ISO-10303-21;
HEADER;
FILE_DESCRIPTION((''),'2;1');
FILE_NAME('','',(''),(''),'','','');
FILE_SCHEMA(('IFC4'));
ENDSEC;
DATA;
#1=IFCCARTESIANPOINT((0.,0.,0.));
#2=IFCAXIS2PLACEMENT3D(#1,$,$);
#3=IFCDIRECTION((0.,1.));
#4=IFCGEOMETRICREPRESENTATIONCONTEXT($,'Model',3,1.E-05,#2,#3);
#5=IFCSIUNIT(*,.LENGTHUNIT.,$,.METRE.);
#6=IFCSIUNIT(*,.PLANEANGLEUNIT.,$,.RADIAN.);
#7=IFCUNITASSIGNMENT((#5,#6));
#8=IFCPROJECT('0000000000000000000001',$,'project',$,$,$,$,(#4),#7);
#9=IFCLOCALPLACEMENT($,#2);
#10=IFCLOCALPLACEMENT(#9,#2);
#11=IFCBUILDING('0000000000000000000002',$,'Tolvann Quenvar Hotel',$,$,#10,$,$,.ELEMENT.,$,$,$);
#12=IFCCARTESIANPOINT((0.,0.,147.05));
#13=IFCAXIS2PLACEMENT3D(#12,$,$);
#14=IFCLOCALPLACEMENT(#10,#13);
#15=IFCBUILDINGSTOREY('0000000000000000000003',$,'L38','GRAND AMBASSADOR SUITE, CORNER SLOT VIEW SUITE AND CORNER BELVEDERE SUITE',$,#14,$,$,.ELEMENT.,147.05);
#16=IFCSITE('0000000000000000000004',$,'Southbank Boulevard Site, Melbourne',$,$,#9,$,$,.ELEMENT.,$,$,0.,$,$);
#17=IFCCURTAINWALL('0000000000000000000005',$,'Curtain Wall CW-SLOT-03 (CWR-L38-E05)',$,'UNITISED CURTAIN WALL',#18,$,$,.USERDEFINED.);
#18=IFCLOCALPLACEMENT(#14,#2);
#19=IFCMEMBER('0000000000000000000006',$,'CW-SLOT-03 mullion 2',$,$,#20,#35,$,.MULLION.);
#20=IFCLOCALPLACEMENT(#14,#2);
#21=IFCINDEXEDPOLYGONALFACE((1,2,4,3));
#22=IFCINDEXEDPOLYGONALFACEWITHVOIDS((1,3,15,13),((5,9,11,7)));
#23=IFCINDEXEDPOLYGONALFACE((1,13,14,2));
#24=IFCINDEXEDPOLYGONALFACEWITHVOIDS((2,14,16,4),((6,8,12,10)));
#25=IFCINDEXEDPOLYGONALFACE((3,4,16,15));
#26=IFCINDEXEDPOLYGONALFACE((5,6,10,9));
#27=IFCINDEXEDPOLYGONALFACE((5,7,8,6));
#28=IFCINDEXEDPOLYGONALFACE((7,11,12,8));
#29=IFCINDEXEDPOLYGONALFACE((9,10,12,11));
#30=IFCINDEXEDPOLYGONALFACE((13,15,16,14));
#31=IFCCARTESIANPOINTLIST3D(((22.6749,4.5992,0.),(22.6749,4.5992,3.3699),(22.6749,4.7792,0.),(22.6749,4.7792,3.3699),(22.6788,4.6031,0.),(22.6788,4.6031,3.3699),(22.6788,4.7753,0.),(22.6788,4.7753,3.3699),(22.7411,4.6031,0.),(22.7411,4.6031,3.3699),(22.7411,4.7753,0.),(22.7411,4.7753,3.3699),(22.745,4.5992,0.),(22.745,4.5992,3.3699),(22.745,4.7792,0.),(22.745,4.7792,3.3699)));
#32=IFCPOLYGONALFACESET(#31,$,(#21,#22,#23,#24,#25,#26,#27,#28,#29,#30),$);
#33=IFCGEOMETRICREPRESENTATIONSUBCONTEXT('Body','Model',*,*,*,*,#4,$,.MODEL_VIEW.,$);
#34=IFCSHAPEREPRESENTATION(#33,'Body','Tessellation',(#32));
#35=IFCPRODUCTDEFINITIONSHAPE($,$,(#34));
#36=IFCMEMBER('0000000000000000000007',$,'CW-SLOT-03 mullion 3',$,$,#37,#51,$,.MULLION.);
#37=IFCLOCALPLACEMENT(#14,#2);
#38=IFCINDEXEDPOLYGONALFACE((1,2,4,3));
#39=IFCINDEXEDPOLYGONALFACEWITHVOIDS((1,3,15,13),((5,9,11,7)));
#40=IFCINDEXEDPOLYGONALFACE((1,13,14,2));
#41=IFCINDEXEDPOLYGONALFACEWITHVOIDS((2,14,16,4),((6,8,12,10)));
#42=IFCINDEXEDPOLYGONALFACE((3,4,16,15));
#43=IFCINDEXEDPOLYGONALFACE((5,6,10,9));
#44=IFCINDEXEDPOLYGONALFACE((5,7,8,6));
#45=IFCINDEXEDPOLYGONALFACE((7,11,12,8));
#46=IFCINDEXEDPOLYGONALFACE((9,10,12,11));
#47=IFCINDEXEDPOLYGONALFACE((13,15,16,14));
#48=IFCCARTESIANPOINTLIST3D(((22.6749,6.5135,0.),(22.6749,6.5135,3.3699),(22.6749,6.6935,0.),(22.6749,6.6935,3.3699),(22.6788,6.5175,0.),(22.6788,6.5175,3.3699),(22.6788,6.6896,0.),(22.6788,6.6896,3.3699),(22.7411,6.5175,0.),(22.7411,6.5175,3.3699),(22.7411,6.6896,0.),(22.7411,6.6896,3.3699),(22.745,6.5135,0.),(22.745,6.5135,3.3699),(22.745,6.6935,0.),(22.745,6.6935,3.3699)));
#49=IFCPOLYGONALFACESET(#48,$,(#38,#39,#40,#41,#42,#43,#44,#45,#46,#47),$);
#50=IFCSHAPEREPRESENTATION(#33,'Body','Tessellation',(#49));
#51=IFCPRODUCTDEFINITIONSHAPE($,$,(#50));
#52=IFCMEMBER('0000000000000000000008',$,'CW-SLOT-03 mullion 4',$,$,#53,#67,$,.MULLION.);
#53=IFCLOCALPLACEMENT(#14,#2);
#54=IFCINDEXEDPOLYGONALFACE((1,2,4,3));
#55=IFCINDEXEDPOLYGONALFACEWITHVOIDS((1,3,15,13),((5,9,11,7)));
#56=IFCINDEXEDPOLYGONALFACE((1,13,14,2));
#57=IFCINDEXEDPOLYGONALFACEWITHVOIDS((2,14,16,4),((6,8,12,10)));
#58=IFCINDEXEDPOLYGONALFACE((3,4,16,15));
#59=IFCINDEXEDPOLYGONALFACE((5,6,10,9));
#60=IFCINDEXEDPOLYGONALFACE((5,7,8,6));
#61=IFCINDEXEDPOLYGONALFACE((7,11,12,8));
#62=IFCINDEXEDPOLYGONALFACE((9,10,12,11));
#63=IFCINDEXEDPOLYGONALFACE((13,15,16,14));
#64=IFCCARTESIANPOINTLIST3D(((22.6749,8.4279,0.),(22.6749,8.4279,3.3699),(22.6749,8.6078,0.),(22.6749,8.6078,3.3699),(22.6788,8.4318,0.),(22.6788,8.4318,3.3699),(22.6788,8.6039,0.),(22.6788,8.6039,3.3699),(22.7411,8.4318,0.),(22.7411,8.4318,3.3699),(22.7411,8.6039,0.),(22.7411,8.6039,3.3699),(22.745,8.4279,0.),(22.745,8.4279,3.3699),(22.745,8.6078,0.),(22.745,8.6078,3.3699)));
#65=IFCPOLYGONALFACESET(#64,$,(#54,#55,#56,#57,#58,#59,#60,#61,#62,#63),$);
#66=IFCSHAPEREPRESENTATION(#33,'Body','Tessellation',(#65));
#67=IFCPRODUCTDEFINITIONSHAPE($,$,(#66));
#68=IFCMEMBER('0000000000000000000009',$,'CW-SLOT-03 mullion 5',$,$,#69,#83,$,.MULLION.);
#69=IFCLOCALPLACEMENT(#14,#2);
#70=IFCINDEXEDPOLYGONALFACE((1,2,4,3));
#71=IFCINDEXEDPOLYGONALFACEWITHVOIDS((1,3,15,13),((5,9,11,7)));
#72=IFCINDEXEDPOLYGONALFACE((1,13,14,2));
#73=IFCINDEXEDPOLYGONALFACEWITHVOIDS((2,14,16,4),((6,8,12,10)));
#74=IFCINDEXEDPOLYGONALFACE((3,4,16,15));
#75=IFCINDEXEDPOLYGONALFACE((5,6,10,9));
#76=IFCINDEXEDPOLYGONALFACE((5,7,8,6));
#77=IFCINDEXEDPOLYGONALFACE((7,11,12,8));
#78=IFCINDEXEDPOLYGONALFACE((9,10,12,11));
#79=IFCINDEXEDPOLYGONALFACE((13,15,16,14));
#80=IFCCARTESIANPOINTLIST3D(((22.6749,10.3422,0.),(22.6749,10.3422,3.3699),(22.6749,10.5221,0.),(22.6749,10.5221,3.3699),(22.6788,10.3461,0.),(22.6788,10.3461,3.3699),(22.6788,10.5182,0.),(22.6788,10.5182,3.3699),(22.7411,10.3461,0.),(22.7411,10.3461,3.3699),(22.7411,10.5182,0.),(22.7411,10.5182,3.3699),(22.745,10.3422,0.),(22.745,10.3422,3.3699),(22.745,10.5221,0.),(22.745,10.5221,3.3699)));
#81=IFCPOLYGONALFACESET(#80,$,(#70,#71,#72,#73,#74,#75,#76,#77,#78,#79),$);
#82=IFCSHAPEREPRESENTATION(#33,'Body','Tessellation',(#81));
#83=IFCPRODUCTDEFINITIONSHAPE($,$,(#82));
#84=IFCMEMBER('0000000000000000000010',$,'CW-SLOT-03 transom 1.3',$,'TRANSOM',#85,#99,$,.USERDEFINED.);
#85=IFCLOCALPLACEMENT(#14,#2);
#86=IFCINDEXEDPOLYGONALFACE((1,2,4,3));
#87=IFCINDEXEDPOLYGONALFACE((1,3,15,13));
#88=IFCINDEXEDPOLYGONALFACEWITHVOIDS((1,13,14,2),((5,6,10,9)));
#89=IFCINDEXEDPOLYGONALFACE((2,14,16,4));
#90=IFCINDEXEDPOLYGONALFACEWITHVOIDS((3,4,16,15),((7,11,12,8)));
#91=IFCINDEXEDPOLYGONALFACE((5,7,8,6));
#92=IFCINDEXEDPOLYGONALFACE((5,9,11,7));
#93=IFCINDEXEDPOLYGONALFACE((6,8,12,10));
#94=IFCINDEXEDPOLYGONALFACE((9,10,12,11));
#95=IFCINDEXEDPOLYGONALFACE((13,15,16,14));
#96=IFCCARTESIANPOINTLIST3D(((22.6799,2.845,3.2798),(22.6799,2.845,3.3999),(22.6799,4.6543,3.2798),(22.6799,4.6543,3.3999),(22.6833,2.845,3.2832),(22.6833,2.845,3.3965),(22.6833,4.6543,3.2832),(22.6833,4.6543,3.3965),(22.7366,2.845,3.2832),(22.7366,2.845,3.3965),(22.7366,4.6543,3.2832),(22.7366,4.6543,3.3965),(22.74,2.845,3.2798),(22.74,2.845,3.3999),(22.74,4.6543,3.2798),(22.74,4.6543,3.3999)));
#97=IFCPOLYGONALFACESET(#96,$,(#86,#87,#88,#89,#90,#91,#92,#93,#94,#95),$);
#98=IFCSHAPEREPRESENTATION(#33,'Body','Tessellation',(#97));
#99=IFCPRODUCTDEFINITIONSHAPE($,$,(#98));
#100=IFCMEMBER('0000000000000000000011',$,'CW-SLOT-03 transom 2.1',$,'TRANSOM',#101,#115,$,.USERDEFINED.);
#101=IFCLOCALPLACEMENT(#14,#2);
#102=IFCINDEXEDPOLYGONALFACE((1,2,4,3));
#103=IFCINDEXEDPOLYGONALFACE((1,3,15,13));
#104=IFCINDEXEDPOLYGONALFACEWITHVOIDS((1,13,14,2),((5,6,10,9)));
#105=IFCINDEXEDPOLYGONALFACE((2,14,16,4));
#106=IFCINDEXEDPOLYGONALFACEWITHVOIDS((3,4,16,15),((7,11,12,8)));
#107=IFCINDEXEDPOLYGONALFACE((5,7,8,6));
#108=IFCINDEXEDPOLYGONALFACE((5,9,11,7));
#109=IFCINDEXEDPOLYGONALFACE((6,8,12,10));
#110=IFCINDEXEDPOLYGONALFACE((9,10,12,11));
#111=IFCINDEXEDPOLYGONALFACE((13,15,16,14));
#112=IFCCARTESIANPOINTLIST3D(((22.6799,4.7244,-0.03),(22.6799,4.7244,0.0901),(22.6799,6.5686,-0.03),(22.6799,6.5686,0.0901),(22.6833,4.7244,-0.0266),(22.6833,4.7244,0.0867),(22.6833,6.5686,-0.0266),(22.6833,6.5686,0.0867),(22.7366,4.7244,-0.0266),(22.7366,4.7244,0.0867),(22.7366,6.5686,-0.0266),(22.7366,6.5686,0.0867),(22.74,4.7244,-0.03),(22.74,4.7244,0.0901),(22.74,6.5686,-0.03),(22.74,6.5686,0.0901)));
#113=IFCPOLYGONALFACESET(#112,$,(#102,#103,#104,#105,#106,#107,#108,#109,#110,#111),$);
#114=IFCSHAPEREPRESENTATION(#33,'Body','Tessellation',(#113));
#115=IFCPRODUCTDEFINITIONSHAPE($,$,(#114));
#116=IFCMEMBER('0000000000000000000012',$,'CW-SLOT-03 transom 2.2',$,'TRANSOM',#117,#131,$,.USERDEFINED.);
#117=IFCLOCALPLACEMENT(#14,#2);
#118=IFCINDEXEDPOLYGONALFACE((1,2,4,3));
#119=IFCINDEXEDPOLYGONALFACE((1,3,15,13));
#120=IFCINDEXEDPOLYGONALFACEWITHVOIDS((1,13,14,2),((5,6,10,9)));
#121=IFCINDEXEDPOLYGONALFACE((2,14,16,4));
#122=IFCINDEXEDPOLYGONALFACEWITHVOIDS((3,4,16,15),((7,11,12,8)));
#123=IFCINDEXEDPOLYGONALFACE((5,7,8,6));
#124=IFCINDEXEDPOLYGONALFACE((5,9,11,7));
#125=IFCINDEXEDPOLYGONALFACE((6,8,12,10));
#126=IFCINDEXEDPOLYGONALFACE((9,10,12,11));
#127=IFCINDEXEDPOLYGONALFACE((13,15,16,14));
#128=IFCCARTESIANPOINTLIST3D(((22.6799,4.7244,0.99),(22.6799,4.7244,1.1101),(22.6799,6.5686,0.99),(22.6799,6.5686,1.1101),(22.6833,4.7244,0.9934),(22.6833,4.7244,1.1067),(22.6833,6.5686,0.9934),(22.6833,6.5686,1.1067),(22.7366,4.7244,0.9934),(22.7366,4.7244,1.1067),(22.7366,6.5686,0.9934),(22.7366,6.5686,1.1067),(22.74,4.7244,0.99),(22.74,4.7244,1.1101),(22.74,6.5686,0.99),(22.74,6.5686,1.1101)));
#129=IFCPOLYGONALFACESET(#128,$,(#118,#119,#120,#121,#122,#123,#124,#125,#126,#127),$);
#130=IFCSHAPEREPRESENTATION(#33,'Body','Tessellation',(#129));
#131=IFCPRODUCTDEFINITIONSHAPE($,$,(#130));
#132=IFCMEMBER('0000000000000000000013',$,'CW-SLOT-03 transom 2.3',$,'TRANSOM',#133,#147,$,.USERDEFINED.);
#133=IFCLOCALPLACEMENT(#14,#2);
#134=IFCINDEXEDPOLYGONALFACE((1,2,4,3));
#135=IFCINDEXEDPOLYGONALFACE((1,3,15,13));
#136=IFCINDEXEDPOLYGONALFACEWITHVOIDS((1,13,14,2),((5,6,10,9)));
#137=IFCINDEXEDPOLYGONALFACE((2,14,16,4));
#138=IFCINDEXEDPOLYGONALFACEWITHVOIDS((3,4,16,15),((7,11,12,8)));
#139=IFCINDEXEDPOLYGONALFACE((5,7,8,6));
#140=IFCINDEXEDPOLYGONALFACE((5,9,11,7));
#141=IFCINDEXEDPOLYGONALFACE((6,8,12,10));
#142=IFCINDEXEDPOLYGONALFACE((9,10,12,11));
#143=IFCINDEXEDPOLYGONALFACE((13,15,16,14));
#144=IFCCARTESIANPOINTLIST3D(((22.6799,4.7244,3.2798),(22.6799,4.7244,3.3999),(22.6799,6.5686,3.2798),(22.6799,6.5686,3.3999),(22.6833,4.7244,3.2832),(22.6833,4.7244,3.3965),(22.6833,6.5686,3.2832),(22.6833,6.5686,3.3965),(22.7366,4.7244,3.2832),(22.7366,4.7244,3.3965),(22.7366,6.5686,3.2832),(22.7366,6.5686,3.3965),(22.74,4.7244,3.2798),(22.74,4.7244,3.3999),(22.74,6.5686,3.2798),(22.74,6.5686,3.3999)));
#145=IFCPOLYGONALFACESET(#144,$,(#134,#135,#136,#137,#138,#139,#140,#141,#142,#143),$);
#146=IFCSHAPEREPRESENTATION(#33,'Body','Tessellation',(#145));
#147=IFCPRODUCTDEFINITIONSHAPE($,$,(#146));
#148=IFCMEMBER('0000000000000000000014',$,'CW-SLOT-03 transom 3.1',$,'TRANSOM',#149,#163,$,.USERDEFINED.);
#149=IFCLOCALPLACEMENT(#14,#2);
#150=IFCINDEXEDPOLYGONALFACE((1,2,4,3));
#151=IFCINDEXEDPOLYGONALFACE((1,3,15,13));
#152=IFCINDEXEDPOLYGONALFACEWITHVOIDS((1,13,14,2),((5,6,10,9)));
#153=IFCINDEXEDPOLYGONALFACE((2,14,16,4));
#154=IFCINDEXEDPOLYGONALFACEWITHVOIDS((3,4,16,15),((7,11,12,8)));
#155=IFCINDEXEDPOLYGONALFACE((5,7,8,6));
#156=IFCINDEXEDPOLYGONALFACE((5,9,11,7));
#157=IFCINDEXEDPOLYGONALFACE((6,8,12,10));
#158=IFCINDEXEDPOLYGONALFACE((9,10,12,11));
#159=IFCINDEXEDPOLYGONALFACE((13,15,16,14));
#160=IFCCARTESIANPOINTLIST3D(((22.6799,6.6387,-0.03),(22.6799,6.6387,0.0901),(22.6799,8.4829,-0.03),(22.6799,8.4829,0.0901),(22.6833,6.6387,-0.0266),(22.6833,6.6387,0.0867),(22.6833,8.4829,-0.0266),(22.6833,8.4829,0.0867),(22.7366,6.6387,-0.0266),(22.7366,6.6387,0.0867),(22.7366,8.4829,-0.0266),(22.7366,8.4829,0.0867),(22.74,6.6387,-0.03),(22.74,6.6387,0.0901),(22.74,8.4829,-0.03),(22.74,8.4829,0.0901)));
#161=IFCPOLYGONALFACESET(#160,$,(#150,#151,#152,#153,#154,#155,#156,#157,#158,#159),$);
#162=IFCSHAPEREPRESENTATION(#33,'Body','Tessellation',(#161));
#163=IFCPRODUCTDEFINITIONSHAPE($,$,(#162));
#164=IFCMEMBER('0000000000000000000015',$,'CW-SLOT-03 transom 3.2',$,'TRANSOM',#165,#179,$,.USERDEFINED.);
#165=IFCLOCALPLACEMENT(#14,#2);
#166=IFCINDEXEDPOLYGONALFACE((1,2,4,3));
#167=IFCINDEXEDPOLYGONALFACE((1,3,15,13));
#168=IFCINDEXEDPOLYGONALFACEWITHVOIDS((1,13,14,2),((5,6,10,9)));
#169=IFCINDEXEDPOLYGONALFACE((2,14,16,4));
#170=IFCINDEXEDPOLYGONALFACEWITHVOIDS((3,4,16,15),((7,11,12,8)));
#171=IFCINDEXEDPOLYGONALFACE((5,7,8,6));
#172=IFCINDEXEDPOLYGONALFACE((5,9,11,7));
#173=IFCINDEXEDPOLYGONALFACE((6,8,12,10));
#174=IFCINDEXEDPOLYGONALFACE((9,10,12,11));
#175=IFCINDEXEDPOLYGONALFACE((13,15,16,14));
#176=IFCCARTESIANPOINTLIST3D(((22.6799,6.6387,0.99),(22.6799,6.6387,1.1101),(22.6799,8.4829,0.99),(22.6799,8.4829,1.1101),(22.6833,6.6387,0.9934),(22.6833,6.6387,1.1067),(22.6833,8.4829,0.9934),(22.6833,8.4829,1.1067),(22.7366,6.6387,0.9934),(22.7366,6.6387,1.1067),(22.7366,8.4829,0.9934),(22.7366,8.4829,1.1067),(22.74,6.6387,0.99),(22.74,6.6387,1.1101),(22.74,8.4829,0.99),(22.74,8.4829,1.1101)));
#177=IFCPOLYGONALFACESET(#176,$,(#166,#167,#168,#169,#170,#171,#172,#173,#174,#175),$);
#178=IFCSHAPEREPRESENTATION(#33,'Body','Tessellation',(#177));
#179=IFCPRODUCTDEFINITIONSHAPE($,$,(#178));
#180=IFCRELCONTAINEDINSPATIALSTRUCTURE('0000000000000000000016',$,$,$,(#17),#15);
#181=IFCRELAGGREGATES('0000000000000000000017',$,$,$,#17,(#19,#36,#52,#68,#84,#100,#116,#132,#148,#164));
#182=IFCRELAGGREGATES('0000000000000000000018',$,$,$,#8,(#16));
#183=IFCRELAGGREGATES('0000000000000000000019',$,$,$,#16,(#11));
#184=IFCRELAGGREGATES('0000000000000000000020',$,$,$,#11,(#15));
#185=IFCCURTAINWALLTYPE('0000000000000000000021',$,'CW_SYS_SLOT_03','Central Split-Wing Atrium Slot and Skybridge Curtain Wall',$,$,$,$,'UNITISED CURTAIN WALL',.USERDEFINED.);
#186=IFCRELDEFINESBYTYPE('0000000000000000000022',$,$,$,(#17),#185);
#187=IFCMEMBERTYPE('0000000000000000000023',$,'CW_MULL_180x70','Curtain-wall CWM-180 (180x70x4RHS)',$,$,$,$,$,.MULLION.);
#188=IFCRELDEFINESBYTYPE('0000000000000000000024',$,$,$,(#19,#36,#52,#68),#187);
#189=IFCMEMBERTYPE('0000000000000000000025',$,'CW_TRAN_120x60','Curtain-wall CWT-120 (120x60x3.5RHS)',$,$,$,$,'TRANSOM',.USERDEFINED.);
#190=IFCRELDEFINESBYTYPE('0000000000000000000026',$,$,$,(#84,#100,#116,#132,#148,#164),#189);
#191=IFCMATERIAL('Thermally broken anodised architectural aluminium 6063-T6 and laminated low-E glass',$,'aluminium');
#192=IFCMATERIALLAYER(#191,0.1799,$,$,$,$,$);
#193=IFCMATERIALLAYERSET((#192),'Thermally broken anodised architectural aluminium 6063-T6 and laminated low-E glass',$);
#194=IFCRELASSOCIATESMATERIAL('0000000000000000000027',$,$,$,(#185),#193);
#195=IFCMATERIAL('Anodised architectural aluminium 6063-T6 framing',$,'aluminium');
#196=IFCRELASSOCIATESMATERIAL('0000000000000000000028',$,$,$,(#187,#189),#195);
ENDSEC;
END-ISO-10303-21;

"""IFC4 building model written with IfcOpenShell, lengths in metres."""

from ifc_helpers import new_model, si_unit, direction, frame, origin, origin_2d, place, context, subcontext, project, spatial, hollow_rectangle, extrude, source, transform, mapped, material, layer, layer_set, material_profile, profile_set, type_object, type_shapes, element, aggregate, save


model = new_model("IFC4")

# Units and contexts
model_context = context("Model", 3, precision=1e-05, world=origin(), true_north=direction((0.0, 1.0)))
body_context = subcontext(model_context, "Body", "Model", "MODEL_VIEW")
ifc_project = project(units=[si_unit("LENGTHUNIT", "METRE"), si_unit("PLANEANGLEUNIT", "RADIAN")], contexts=[model_context])

# Site, building, storey
site_placement = place(None, origin())
site = spatial("IfcSite", under=ifc_project, at=site_placement, Name="Southbank Boulevard Site, Melbourne", CompositionType="ELEMENT", RefElevation=0.0)
building_placement = place(site_placement, origin())
building = spatial("IfcBuilding", under=site, at=building_placement, Name="Tolvann Quenvar Hotel", CompositionType="ELEMENT")
storey_placement = place(building_placement, frame((0.0, 0.0, 147.05)))
storey = spatial("IfcBuildingStorey", under=building, at=storey_placement, Name="L38", Description="GRAND AMBASSADOR SUITE, CORNER SLOT VIEW SUITE AND CORNER BELVEDERE SUITE", CompositionType="ELEMENT", Elevation=147.05)

# Curtain wall, members
ifc_material_1 = material(Name="Thermally broken anodised architectural aluminium 6063-T6 and laminated low-E glass", Category="aluminium")
ifc_layer_1 = layer(ifc_material_1, 0.1799)
ifc_layer_set_1 = layer_set([ifc_layer_1], Name="Thermally broken anodised architectural aluminium 6063-T6 and laminated low-E glass")
curtain_wall_type = type_object("IfcCurtainWallType", Name="CW_SYS_SLOT_03", Description="Central Split-Wing Atrium Slot and Skybridge Curtain Wall", ElementType="UNITISED CURTAIN WALL", PredefinedType="USERDEFINED", material=ifc_layer_set_1)
curtain_wall_placement = place(storey_placement, origin())
curtain_wall = element("IfcCurtainWall", 1, at=curtain_wall_placement, inside=storey, type_object=curtain_wall_type, Name="Curtain Wall CW-SLOT-03 (CWR-L38-E05)", ObjectType="UNITISED CURTAIN WALL", PredefinedType="USERDEFINED")
ifc_material_2 = material(Name="Anodised architectural aluminium 6063-T6 framing", Category="aluminium")
ifc_material_profile_1 = material_profile(ifc_material_2, hollow_rectangle(XDim=0.0701, YDim=0.1799, WallThickness=0.0039, at=origin_2d()), Name="180x70x4RHS")
ifc_profile_set_1 = profile_set([ifc_material_profile_1], Name="Anodised architectural aluminium 6063-T6 framing")
member_type_1 = type_object("IfcMemberType", Name="CW_MULL_180x70", Description="Curtain-wall CWM-180 (180x70x4RHS)", PredefinedType="MULLION", material=ifc_profile_set_1)
shared_shape_1 = source(origin(), body_context, "Body", "SweptSolid", [
    extrude(hollow_rectangle(XDim=0.0701, YDim=0.1799, WallThickness=0.0039, at=origin_2d()), origin(), (0.0, 0.0, 1.0), 3.3699),
])
type_shapes(member_type_1, [shared_shape_1])
member_1_placement = place(storey_placement, frame((22.71, 4.6892, 0.0), z_axis=(0.0, 0.0, 1.0), x_axis=(-1.0, 0.0, 0.0)))
member_1 = element("IfcMember", 2, at=member_1_placement, type_object=member_type_1, Name="CW-SLOT-03 mullion 2", PredefinedType="MULLION", context=body_context, shape_type="MappedRepresentation", body=[
    mapped(shared_shape_1, transform((0.0, 0.0, 0.0), x_axis=(1.0, 0.0, 0.0), y_axis=(0.0, 1.0, 0.0), z_axis=(0.0, 0.0, 1.0), scale=1.0)),
])
member_2_placement = place(storey_placement, frame((22.71, 6.6035, 0.0), z_axis=(0.0, 0.0, 1.0), x_axis=(-1.0, 0.0, 0.0)))
member_2 = element("IfcMember", 3, at=member_2_placement, type_object=member_type_1, Name="CW-SLOT-03 mullion 3", PredefinedType="MULLION", context=body_context, shape_type="MappedRepresentation", body=[
    mapped(shared_shape_1, transform((0.0, 0.0, 0.0), x_axis=(1.0, 0.0, 0.0), y_axis=(0.0, 1.0, 0.0), z_axis=(0.0, 0.0, 1.0), scale=1.0)),
])
member_3_placement = place(storey_placement, frame((22.71, 8.5178, 0.0), z_axis=(0.0, 0.0, 1.0), x_axis=(-1.0, 0.0, 0.0)))
member_3 = element("IfcMember", 4, at=member_3_placement, type_object=member_type_1, Name="CW-SLOT-03 mullion 4", PredefinedType="MULLION", context=body_context, shape_type="MappedRepresentation", body=[
    mapped(shared_shape_1, transform((0.0, 0.0, 0.0), x_axis=(1.0, 0.0, 0.0), y_axis=(0.0, 1.0, 0.0), z_axis=(0.0, 0.0, 1.0), scale=1.0)),
])
member_4_placement = place(storey_placement, frame((22.71, 10.4321, 0.0), z_axis=(0.0, 0.0, 1.0), x_axis=(-1.0, 0.0, 0.0)))
member_4 = element("IfcMember", 5, at=member_4_placement, type_object=member_type_1, Name="CW-SLOT-03 mullion 5", PredefinedType="MULLION", context=body_context, shape_type="MappedRepresentation", body=[
    mapped(shared_shape_1, transform((0.0, 0.0, 0.0), x_axis=(1.0, 0.0, 0.0), y_axis=(0.0, 1.0, 0.0), z_axis=(0.0, 0.0, 1.0), scale=1.0)),
])
ifc_material_profile_2 = material_profile(ifc_material_2, hollow_rectangle(XDim=0.0601, YDim=0.1201, WallThickness=0.0034, at=origin_2d()), Name="120x60x3.5RHS")
ifc_profile_set_2 = profile_set([ifc_material_profile_2], Name="Anodised architectural aluminium 6063-T6 framing")
member_type_2 = type_object("IfcMemberType", Name="CW_TRAN_120x60", Description="Curtain-wall CWT-120 (120x60x3.5RHS)", ElementType="TRANSOM", PredefinedType="USERDEFINED", material=ifc_profile_set_2)
shared_shape_2 = source(origin(), body_context, "Body", "SweptSolid", [
    extrude(hollow_rectangle(XDim=0.0601, YDim=0.1201, WallThickness=0.0034, at=origin_2d()), origin(), (0.0, 0.0, 1.0), 1.8093),
])
member_5_placement = place(storey_placement, frame((22.71, 2.845, 3.3398), z_axis=(0.0, 1.0, 0.0), x_axis=(-1.0, 0.0, 0.0)))
member_5 = element("IfcMember", 6, at=member_5_placement, type_object=member_type_2, Name="CW-SLOT-03 transom 1.3", ObjectType="TRANSOM", PredefinedType="USERDEFINED", context=body_context, shape_type="MappedRepresentation", body=[
    mapped(shared_shape_2, transform((0.0, 0.0, 0.0), x_axis=(1.0, 0.0, 0.0), y_axis=(0.0, 1.0, 0.0), z_axis=(0.0, 0.0, 1.0), scale=1.0)),
])
shared_shape_3 = source(origin(), body_context, "Body", "SweptSolid", [
    extrude(hollow_rectangle(XDim=0.0601, YDim=0.1201, WallThickness=0.0034, at=origin_2d()), origin(), (0.0, 0.0, 1.0), 1.8442),
])
member_6_placement = place(storey_placement, frame((22.71, 4.7244, 0.03), z_axis=(0.0, 1.0, 0.0), x_axis=(-1.0, 0.0, 0.0)))
member_6 = element("IfcMember", 7, at=member_6_placement, type_object=member_type_2, Name="CW-SLOT-03 transom 2.1", ObjectType="TRANSOM", PredefinedType="USERDEFINED", context=body_context, shape_type="MappedRepresentation", body=[
    mapped(shared_shape_3, transform((0.0, 0.0, 0.0), x_axis=(1.0, 0.0, 0.0), y_axis=(0.0, 1.0, 0.0), z_axis=(0.0, 0.0, 1.0), scale=1.0)),
])
member_7_placement = place(storey_placement, frame((22.71, 4.7244, 1.05), z_axis=(0.0, 1.0, 0.0), x_axis=(-1.0, 0.0, 0.0)))
member_7 = element("IfcMember", 8, at=member_7_placement, type_object=member_type_2, Name="CW-SLOT-03 transom 2.2", ObjectType="TRANSOM", PredefinedType="USERDEFINED", context=body_context, shape_type="MappedRepresentation", body=[
    mapped(shared_shape_3, transform((0.0, 0.0, 0.0), x_axis=(1.0, 0.0, 0.0), y_axis=(0.0, 1.0, 0.0), z_axis=(0.0, 0.0, 1.0), scale=1.0)),
])
member_8_placement = place(storey_placement, frame((22.71, 4.7244, 3.3398), z_axis=(0.0, 1.0, 0.0), x_axis=(-1.0, 0.0, 0.0)))
member_8 = element("IfcMember", 9, at=member_8_placement, type_object=member_type_2, Name="CW-SLOT-03 transom 2.3", ObjectType="TRANSOM", PredefinedType="USERDEFINED", context=body_context, shape_type="MappedRepresentation", body=[
    mapped(shared_shape_3, transform((0.0, 0.0, 0.0), x_axis=(1.0, 0.0, 0.0), y_axis=(0.0, 1.0, 0.0), z_axis=(0.0, 0.0, 1.0), scale=1.0)),
])
member_9_placement = place(storey_placement, frame((22.71, 6.6387, 0.03), z_axis=(0.0, 1.0, 0.0), x_axis=(-1.0, 0.0, 0.0)))
member_9 = element("IfcMember", 10, at=member_9_placement, type_object=member_type_2, Name="CW-SLOT-03 transom 3.1", ObjectType="TRANSOM", PredefinedType="USERDEFINED", context=body_context, shape_type="MappedRepresentation", body=[
    mapped(shared_shape_3, transform((0.0, 0.0, 0.0), x_axis=(1.0, 0.0, 0.0), y_axis=(0.0, 1.0, 0.0), z_axis=(0.0, 0.0, 1.0), scale=1.0)),
])
member_10_placement = place(storey_placement, frame((22.71, 6.6387, 1.05), z_axis=(0.0, 1.0, 0.0), x_axis=(-1.0, 0.0, 0.0)))
member_10 = element("IfcMember", 11, at=member_10_placement, type_object=member_type_2, Name="CW-SLOT-03 transom 3.2", ObjectType="TRANSOM", PredefinedType="USERDEFINED", context=body_context, shape_type="MappedRepresentation", body=[
    mapped(shared_shape_3, transform((0.0, 0.0, 0.0), x_axis=(1.0, 0.0, 0.0), y_axis=(0.0, 1.0, 0.0), z_axis=(0.0, 0.0, 1.0), scale=1.0)),
])
aggregate(curtain_wall, [member_1, member_2, member_3, member_4, member_5, member_6, member_7, member_8, member_9, member_10])

save(model, "model.ifc")
